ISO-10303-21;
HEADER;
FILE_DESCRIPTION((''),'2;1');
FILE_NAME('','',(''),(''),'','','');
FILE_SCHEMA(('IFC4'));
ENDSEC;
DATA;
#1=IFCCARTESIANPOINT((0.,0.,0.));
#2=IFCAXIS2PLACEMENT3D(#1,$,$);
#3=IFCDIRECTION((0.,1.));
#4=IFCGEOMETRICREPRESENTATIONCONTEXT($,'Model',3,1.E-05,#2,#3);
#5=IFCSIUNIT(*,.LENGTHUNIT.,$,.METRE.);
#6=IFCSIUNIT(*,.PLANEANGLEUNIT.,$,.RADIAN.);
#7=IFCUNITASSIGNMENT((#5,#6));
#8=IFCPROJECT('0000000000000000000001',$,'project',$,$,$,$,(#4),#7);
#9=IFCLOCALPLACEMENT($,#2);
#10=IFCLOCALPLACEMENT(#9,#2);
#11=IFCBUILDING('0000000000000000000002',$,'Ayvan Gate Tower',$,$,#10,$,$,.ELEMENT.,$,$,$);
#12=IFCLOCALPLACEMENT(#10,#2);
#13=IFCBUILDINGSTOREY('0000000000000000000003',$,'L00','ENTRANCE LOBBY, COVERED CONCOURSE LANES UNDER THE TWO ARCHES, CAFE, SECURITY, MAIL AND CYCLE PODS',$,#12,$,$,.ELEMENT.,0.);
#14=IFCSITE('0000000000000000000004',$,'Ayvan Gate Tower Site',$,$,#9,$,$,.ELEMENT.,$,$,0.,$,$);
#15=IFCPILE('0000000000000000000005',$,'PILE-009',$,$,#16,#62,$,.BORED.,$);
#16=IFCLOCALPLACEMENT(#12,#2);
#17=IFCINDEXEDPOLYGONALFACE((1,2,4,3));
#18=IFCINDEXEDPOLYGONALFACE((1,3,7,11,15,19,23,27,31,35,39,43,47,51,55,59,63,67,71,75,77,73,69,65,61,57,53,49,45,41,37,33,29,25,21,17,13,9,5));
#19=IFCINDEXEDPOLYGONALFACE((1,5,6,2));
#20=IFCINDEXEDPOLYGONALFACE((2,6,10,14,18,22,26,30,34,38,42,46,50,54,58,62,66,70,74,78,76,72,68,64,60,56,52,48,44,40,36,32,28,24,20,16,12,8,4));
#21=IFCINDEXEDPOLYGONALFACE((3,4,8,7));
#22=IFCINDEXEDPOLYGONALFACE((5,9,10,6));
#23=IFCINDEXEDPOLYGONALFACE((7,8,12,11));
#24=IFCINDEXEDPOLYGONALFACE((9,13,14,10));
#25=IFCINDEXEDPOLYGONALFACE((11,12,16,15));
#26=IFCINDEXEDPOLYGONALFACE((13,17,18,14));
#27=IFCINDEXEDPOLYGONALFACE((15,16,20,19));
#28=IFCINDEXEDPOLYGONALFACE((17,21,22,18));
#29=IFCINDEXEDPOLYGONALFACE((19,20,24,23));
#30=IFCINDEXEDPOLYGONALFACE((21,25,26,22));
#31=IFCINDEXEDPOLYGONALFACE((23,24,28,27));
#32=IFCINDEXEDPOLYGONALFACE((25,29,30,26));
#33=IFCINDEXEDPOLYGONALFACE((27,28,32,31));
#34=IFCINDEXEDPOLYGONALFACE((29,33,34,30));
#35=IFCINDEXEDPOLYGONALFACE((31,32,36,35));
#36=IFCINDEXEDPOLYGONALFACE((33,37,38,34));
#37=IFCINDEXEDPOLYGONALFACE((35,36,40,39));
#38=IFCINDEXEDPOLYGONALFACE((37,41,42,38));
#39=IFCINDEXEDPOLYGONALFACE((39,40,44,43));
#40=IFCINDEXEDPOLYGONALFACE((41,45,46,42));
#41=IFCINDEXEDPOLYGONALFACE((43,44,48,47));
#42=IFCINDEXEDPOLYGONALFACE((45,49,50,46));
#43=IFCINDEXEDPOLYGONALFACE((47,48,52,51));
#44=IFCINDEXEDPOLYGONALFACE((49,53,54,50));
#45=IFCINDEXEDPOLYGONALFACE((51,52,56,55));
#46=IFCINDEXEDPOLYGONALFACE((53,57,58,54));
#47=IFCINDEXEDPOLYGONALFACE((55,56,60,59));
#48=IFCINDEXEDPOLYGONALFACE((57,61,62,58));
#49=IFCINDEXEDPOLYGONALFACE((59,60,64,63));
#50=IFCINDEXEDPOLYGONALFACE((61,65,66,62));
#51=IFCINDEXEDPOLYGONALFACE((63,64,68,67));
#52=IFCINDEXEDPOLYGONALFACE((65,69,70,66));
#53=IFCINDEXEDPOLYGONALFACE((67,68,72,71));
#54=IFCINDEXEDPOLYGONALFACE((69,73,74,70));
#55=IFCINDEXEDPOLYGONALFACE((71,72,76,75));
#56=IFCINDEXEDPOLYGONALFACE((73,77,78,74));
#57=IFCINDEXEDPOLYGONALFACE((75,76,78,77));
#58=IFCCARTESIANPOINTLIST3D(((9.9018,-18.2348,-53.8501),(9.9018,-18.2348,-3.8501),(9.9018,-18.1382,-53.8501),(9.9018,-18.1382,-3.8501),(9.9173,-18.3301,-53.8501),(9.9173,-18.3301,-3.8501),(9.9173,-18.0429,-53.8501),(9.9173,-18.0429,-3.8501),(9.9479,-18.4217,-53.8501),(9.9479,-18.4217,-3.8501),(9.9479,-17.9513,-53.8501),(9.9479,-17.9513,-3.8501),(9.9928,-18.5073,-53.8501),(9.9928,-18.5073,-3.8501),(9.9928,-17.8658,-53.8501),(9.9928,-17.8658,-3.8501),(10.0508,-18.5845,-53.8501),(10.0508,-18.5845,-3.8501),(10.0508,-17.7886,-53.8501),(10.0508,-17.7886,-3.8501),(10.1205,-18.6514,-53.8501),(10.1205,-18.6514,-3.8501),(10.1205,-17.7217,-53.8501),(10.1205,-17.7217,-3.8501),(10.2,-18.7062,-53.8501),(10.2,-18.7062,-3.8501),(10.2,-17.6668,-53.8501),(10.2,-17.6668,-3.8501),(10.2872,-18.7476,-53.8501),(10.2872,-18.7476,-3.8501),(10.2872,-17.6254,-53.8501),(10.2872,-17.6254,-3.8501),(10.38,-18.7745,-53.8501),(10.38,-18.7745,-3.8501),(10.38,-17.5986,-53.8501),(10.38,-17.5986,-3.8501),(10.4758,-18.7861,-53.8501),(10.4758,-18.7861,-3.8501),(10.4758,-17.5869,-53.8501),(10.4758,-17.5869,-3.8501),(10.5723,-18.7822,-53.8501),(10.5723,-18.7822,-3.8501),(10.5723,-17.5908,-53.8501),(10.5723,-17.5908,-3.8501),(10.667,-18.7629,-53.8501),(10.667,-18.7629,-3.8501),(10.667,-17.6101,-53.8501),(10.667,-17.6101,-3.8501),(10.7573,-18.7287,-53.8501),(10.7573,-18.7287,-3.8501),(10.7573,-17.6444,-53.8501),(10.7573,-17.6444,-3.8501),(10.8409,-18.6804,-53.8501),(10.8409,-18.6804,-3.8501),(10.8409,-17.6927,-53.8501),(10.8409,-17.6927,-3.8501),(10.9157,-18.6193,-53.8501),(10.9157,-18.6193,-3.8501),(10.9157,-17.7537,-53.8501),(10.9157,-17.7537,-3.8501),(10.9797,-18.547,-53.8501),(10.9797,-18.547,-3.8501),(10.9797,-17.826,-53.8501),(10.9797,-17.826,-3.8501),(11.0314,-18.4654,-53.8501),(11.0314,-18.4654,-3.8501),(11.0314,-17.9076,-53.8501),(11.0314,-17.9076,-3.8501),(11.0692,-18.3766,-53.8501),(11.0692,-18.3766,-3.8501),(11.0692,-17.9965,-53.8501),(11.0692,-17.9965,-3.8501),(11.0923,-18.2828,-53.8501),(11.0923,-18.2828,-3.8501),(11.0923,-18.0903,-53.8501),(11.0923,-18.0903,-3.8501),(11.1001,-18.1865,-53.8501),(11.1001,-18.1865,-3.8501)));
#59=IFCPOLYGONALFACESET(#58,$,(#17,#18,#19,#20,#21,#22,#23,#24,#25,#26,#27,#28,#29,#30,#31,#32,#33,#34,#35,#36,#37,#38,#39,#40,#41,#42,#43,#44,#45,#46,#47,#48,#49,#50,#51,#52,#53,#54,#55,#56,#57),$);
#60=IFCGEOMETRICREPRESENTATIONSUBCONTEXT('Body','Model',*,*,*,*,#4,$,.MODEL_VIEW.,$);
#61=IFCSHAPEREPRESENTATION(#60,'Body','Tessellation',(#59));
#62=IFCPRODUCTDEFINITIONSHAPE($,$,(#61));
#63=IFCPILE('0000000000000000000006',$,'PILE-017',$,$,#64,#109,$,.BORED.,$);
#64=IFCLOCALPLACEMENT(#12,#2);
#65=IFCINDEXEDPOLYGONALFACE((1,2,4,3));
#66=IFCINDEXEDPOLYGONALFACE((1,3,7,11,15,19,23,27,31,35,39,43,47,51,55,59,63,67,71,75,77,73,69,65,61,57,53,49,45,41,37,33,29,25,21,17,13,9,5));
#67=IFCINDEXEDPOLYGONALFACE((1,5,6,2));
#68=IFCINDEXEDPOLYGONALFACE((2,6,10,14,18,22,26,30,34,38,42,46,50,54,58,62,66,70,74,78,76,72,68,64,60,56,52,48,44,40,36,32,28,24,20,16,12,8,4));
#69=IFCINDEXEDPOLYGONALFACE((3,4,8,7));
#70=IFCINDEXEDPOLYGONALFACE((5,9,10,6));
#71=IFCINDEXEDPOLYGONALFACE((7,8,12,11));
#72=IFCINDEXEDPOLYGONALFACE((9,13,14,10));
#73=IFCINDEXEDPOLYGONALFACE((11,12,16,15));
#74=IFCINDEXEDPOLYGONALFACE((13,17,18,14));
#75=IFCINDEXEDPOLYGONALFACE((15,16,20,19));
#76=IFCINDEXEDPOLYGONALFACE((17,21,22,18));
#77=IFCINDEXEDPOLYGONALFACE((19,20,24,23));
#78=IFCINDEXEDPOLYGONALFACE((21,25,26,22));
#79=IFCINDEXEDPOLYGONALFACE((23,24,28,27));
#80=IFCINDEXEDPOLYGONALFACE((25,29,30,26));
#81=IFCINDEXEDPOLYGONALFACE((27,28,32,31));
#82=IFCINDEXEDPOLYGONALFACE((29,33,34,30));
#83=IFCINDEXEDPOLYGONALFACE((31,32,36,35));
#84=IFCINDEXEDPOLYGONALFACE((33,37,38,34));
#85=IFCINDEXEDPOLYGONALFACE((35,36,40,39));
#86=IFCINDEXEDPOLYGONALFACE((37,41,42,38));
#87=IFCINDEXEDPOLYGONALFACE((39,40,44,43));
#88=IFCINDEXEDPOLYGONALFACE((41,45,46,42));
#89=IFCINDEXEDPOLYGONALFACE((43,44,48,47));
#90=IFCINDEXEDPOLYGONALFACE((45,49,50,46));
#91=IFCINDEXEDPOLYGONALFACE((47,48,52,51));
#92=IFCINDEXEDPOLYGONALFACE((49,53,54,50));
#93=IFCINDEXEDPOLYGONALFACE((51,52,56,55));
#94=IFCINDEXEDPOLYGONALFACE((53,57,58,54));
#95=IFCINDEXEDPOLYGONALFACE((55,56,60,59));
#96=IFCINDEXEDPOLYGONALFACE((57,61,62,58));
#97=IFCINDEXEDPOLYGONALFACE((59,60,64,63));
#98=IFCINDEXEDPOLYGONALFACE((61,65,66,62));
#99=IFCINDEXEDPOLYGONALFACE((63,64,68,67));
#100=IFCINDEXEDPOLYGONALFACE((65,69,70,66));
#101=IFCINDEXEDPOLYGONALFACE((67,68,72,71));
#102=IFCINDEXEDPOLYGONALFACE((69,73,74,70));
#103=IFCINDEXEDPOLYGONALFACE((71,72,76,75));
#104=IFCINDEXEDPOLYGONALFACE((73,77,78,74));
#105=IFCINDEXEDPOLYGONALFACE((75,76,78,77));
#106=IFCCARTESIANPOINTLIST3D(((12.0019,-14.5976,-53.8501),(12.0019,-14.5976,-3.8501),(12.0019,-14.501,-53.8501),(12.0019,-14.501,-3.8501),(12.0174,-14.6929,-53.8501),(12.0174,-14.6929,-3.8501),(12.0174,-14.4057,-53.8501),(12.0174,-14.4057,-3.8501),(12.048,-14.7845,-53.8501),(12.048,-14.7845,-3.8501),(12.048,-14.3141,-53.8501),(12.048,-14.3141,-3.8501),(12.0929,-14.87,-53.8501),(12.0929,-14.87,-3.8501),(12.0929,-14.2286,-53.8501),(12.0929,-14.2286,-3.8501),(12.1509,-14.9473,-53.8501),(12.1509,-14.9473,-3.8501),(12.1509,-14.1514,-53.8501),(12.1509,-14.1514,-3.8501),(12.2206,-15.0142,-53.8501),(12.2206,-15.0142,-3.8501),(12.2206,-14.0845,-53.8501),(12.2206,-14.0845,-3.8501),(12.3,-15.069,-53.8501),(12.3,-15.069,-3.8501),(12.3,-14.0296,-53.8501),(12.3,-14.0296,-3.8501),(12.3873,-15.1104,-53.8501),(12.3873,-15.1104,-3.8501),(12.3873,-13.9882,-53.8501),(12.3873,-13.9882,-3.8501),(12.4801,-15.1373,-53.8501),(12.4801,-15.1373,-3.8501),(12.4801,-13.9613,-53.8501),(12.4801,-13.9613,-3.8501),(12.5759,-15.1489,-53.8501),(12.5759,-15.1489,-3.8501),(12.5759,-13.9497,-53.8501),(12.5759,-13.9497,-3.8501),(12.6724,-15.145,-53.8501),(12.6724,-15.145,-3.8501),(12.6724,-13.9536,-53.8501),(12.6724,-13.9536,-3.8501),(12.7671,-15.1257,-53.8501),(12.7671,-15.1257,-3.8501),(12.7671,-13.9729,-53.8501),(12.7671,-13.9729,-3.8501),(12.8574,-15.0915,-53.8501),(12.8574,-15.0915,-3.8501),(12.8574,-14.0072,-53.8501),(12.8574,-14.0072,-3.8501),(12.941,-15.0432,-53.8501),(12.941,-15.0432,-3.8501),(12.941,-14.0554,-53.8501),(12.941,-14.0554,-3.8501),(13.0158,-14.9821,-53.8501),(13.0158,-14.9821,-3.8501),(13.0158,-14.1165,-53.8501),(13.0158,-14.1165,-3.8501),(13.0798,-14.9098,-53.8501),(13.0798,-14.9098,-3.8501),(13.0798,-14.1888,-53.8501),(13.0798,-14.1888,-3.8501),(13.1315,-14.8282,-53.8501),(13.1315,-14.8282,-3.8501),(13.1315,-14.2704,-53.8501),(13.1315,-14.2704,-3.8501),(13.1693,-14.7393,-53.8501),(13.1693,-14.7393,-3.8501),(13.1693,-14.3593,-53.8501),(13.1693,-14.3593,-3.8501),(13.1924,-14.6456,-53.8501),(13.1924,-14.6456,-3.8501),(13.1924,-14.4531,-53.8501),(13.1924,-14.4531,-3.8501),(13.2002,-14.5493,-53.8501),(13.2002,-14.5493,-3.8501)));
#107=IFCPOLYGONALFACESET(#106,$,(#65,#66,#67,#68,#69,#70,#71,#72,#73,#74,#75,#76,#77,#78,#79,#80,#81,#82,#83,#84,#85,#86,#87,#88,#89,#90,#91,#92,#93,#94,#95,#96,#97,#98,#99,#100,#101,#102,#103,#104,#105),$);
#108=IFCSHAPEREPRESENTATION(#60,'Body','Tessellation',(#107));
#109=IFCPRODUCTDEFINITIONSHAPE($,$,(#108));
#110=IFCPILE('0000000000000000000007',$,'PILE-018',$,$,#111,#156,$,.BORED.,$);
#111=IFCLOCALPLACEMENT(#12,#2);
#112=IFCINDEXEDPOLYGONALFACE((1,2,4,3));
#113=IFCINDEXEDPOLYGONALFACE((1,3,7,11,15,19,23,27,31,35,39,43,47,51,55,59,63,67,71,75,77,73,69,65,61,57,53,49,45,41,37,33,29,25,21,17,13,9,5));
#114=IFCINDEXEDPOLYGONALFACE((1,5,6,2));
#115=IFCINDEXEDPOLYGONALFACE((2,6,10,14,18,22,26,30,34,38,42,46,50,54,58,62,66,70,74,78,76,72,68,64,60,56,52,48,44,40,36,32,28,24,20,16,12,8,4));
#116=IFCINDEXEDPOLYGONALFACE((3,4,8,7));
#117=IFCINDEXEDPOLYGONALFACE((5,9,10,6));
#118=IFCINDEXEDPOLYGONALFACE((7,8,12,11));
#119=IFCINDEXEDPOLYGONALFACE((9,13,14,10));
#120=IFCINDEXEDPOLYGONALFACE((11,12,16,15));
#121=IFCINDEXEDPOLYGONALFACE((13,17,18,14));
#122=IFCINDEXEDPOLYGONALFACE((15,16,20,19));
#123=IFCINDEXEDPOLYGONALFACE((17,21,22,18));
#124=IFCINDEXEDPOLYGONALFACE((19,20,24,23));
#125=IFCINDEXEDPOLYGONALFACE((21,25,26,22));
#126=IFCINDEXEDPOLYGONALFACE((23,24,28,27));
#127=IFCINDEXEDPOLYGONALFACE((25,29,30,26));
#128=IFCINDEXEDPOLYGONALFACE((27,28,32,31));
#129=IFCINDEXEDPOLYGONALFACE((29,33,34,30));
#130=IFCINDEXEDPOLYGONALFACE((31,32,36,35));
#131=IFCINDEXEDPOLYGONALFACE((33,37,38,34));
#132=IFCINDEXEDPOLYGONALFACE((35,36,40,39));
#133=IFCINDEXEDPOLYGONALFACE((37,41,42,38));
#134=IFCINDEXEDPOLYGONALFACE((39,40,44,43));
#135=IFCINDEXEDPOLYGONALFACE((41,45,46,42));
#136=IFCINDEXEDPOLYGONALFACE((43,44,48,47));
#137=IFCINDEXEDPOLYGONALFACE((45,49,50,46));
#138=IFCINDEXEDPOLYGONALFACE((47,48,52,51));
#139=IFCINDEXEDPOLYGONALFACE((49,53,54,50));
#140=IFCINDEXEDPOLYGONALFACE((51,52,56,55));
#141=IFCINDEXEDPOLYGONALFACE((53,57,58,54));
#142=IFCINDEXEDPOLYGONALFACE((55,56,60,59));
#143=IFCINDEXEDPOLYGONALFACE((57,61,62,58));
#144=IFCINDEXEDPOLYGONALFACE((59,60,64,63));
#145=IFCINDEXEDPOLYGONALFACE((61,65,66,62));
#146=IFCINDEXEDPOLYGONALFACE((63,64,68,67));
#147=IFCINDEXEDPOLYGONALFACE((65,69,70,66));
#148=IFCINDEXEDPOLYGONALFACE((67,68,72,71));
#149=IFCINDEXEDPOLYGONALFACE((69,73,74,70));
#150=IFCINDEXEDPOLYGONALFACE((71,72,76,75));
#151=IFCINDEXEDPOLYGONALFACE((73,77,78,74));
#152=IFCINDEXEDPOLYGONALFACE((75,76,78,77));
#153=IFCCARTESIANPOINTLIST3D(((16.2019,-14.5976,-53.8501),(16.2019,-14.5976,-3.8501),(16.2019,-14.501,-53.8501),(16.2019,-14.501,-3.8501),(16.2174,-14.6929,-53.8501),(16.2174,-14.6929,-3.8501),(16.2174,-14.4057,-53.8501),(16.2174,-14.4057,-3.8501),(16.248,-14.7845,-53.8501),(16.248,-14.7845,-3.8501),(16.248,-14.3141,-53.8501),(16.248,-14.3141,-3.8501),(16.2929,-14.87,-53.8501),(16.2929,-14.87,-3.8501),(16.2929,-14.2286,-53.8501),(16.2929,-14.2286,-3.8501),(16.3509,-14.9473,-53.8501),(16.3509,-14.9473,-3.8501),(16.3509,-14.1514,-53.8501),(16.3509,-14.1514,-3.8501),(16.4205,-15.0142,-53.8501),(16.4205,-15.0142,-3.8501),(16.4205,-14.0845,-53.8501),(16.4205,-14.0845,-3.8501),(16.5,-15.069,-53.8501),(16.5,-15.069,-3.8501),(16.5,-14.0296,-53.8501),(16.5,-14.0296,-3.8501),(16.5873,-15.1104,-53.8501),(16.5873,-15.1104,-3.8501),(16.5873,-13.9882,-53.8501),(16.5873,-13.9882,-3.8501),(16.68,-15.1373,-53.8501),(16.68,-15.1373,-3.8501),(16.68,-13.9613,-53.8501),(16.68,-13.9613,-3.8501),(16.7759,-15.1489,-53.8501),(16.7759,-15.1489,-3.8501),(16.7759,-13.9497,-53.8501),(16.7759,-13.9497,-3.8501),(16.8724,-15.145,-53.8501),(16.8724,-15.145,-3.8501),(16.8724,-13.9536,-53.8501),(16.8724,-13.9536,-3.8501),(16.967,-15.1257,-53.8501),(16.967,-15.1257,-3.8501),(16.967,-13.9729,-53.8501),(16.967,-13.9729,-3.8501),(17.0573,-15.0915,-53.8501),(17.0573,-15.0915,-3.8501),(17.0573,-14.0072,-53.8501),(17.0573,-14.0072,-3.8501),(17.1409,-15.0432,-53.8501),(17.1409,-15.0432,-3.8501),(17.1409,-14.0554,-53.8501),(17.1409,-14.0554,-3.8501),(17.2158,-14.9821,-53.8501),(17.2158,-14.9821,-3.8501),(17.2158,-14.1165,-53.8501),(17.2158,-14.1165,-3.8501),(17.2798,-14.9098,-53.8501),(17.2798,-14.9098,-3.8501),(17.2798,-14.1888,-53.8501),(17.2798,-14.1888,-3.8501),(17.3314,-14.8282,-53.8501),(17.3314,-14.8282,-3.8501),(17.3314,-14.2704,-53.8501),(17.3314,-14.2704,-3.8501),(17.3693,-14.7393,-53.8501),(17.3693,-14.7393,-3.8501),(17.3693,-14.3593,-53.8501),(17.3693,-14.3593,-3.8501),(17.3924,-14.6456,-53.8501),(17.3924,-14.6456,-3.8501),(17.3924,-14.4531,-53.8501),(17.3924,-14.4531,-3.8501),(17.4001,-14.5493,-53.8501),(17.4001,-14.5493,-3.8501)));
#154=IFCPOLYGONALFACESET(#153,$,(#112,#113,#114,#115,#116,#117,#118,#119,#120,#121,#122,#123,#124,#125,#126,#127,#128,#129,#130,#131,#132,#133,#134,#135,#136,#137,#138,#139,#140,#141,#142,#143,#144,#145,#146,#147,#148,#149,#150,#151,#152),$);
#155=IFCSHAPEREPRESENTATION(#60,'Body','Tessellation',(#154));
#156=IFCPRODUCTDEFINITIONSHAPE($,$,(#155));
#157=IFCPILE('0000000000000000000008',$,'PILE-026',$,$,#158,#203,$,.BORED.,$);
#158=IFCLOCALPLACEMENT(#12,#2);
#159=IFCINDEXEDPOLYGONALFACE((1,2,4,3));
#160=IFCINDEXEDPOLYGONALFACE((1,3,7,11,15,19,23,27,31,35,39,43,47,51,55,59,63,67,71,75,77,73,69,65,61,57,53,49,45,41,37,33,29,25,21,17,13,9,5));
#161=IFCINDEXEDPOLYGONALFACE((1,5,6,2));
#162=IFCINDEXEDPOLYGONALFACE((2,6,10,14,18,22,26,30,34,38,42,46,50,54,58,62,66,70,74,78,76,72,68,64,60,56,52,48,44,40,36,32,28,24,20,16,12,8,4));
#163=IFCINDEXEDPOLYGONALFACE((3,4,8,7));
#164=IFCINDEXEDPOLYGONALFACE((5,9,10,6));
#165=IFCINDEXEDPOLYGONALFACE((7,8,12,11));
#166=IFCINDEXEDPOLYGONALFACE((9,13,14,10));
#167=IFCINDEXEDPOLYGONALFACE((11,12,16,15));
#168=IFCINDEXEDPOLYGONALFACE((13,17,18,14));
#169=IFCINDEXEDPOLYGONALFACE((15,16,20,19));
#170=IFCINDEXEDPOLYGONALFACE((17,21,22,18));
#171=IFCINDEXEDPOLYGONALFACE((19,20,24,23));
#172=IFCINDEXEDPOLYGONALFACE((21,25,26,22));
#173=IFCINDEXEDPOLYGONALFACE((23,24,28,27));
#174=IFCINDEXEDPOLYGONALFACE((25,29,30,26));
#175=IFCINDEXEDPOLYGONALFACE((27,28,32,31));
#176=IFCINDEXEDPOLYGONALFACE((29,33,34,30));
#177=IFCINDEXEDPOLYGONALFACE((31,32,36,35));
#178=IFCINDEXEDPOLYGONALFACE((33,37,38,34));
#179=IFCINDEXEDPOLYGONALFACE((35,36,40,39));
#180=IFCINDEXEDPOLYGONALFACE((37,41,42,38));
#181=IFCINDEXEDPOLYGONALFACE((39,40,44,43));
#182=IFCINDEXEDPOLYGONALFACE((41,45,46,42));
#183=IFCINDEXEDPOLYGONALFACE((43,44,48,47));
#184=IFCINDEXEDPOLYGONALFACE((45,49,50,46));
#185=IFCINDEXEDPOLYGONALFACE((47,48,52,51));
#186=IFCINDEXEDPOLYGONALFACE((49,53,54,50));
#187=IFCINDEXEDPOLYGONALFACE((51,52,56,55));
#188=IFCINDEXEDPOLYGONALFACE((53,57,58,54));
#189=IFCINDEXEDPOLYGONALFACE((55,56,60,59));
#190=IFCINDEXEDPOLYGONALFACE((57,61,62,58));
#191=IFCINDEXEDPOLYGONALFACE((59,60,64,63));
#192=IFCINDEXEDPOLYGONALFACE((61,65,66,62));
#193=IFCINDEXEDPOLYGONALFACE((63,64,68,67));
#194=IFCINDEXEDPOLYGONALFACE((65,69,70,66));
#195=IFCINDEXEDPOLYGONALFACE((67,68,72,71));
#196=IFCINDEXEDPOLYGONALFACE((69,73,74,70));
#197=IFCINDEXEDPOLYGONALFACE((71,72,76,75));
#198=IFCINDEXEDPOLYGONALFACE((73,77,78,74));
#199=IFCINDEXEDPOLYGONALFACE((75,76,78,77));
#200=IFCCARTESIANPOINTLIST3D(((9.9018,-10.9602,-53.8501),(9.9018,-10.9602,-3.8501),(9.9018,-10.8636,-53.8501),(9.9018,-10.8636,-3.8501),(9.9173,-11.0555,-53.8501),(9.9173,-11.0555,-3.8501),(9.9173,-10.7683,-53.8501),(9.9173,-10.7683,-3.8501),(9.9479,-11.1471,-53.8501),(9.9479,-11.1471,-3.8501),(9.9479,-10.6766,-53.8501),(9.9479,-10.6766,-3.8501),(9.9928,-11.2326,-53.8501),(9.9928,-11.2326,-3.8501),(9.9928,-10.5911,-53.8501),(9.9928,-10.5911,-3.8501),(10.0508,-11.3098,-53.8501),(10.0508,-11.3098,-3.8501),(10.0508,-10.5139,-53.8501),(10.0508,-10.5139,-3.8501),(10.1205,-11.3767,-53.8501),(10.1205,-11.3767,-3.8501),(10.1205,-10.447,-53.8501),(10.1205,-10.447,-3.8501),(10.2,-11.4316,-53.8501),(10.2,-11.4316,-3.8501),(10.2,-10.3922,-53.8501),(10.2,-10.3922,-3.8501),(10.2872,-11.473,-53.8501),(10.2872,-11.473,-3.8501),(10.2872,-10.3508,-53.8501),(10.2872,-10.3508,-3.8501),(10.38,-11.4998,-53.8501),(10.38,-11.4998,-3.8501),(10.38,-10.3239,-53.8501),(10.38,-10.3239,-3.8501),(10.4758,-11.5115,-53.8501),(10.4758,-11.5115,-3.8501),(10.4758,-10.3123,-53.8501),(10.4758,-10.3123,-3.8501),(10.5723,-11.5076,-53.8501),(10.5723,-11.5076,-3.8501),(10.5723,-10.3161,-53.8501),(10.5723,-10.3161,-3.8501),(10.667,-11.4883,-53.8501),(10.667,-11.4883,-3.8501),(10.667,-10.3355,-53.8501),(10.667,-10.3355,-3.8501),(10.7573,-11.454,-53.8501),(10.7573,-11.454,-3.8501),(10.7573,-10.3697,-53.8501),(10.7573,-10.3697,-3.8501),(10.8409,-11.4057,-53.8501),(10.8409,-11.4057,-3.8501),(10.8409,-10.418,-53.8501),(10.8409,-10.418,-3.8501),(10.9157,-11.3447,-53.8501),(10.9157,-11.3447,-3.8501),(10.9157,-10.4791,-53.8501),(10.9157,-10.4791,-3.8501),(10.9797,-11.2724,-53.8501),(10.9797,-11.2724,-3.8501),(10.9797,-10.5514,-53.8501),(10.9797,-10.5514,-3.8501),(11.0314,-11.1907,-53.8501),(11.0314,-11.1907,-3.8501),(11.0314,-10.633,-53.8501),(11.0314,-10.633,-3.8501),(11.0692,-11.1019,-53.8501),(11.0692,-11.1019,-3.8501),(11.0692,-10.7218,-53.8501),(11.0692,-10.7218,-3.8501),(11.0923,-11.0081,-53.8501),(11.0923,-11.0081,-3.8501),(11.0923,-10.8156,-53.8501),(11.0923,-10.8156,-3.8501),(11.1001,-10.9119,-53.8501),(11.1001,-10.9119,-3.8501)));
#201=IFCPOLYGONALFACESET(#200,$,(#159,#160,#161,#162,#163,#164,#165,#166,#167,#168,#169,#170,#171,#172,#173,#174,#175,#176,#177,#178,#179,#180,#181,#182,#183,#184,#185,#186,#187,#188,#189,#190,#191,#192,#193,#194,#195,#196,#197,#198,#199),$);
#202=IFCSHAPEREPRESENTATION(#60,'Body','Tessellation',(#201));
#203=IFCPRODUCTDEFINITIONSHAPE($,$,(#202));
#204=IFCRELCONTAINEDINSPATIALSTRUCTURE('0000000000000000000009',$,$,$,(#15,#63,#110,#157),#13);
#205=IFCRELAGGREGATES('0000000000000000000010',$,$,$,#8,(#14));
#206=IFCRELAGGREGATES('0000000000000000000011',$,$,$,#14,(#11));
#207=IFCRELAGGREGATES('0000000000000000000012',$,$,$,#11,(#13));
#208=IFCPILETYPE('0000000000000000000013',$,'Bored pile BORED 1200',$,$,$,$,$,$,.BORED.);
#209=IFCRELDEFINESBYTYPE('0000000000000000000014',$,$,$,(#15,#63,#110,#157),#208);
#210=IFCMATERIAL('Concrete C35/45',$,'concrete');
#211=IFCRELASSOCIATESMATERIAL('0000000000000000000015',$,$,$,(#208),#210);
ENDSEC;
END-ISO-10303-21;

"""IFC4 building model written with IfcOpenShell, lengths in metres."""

from ifc_helpers import new_model, si_unit, direction, frame, origin, origin_2d, place, context, subcontext, project, spatial, circle, extrude, material, material_profile, profile_set, type_object, element, save


model = new_model("IFC4")

# Units and contexts
model_context = context("Model", 3, precision=1e-05, world=origin(), true_north=direction((0.0, 1.0)))
body_context = subcontext(model_context, "Body", "Model", "MODEL_VIEW")
ifc_project = project(units=[si_unit("LENGTHUNIT", "METRE"), si_unit("PLANEANGLEUNIT", "RADIAN")], contexts=[model_context])

# Site, building, storey
site_placement = place(None, origin())
site = spatial("IfcSite", under=ifc_project, at=site_placement, Name="Ayvan Gate Tower Site", CompositionType="ELEMENT", RefElevation=0.0)
building_placement = place(site_placement, origin())
building = spatial("IfcBuilding", under=site, at=building_placement, Name="Ayvan Gate Tower", CompositionType="ELEMENT")
storey_placement = place(building_placement, origin())
storey = spatial("IfcBuildingStorey", under=building, at=storey_placement, Name="L00", Description="ENTRANCE LOBBY, COVERED CONCOURSE LANES UNDER THE TWO ARCHES, CAFE, SECURITY, MAIL AND CYCLE PODS", CompositionType="ELEMENT", Elevation=0.0)

# Piles
ifc_material_1 = material(Name="Concrete C35/45", Category="concrete")
ifc_material_profile_1 = material_profile(ifc_material_1, circle(Radius=0.6001, at=origin_2d()), Name="BORED 1200")
ifc_profile_set_1 = profile_set([ifc_material_profile_1], Name="Concrete C35/45")
pile_type = type_object("IfcPileType", Name="Bored pile BORED 1200", PredefinedType="BORED", material=ifc_profile_set_1)
for number, where, z_axis, x_axis, name in (
    (1, (10.5, -18.1865, -3.8501), (0.0, 0.0, -1.0), (1.0, 0.0, 0.0), "PILE-009"),
    (2, (12.6001, -14.5493, -3.8501), (0.0, 0.0, -1.0), (1.0, 0.0, 0.0), "PILE-017"),
    (3, (16.8, -14.5493, -3.8501), (0.0, 0.0, -1.0), (1.0, 0.0, 0.0), "PILE-018"),
    (4, (10.5, -10.9119, -3.8501), (0.0, 0.0, -1.0), (1.0, 0.0, 0.0), "PILE-026"),
):
    element("IfcPile", number, at=place(storey_placement, frame(where, z_axis=z_axis, x_axis=x_axis)), inside=storey, type_object=pile_type, Name=name, PredefinedType="BORED", context=body_context, shape_type="SweptSolid", body=[
        extrude(circle(Radius=0.6001, at=origin_2d()), origin(), (0.0, 0.0, 1.0), 50.0),
    ])

save(model, "model.ifc")
